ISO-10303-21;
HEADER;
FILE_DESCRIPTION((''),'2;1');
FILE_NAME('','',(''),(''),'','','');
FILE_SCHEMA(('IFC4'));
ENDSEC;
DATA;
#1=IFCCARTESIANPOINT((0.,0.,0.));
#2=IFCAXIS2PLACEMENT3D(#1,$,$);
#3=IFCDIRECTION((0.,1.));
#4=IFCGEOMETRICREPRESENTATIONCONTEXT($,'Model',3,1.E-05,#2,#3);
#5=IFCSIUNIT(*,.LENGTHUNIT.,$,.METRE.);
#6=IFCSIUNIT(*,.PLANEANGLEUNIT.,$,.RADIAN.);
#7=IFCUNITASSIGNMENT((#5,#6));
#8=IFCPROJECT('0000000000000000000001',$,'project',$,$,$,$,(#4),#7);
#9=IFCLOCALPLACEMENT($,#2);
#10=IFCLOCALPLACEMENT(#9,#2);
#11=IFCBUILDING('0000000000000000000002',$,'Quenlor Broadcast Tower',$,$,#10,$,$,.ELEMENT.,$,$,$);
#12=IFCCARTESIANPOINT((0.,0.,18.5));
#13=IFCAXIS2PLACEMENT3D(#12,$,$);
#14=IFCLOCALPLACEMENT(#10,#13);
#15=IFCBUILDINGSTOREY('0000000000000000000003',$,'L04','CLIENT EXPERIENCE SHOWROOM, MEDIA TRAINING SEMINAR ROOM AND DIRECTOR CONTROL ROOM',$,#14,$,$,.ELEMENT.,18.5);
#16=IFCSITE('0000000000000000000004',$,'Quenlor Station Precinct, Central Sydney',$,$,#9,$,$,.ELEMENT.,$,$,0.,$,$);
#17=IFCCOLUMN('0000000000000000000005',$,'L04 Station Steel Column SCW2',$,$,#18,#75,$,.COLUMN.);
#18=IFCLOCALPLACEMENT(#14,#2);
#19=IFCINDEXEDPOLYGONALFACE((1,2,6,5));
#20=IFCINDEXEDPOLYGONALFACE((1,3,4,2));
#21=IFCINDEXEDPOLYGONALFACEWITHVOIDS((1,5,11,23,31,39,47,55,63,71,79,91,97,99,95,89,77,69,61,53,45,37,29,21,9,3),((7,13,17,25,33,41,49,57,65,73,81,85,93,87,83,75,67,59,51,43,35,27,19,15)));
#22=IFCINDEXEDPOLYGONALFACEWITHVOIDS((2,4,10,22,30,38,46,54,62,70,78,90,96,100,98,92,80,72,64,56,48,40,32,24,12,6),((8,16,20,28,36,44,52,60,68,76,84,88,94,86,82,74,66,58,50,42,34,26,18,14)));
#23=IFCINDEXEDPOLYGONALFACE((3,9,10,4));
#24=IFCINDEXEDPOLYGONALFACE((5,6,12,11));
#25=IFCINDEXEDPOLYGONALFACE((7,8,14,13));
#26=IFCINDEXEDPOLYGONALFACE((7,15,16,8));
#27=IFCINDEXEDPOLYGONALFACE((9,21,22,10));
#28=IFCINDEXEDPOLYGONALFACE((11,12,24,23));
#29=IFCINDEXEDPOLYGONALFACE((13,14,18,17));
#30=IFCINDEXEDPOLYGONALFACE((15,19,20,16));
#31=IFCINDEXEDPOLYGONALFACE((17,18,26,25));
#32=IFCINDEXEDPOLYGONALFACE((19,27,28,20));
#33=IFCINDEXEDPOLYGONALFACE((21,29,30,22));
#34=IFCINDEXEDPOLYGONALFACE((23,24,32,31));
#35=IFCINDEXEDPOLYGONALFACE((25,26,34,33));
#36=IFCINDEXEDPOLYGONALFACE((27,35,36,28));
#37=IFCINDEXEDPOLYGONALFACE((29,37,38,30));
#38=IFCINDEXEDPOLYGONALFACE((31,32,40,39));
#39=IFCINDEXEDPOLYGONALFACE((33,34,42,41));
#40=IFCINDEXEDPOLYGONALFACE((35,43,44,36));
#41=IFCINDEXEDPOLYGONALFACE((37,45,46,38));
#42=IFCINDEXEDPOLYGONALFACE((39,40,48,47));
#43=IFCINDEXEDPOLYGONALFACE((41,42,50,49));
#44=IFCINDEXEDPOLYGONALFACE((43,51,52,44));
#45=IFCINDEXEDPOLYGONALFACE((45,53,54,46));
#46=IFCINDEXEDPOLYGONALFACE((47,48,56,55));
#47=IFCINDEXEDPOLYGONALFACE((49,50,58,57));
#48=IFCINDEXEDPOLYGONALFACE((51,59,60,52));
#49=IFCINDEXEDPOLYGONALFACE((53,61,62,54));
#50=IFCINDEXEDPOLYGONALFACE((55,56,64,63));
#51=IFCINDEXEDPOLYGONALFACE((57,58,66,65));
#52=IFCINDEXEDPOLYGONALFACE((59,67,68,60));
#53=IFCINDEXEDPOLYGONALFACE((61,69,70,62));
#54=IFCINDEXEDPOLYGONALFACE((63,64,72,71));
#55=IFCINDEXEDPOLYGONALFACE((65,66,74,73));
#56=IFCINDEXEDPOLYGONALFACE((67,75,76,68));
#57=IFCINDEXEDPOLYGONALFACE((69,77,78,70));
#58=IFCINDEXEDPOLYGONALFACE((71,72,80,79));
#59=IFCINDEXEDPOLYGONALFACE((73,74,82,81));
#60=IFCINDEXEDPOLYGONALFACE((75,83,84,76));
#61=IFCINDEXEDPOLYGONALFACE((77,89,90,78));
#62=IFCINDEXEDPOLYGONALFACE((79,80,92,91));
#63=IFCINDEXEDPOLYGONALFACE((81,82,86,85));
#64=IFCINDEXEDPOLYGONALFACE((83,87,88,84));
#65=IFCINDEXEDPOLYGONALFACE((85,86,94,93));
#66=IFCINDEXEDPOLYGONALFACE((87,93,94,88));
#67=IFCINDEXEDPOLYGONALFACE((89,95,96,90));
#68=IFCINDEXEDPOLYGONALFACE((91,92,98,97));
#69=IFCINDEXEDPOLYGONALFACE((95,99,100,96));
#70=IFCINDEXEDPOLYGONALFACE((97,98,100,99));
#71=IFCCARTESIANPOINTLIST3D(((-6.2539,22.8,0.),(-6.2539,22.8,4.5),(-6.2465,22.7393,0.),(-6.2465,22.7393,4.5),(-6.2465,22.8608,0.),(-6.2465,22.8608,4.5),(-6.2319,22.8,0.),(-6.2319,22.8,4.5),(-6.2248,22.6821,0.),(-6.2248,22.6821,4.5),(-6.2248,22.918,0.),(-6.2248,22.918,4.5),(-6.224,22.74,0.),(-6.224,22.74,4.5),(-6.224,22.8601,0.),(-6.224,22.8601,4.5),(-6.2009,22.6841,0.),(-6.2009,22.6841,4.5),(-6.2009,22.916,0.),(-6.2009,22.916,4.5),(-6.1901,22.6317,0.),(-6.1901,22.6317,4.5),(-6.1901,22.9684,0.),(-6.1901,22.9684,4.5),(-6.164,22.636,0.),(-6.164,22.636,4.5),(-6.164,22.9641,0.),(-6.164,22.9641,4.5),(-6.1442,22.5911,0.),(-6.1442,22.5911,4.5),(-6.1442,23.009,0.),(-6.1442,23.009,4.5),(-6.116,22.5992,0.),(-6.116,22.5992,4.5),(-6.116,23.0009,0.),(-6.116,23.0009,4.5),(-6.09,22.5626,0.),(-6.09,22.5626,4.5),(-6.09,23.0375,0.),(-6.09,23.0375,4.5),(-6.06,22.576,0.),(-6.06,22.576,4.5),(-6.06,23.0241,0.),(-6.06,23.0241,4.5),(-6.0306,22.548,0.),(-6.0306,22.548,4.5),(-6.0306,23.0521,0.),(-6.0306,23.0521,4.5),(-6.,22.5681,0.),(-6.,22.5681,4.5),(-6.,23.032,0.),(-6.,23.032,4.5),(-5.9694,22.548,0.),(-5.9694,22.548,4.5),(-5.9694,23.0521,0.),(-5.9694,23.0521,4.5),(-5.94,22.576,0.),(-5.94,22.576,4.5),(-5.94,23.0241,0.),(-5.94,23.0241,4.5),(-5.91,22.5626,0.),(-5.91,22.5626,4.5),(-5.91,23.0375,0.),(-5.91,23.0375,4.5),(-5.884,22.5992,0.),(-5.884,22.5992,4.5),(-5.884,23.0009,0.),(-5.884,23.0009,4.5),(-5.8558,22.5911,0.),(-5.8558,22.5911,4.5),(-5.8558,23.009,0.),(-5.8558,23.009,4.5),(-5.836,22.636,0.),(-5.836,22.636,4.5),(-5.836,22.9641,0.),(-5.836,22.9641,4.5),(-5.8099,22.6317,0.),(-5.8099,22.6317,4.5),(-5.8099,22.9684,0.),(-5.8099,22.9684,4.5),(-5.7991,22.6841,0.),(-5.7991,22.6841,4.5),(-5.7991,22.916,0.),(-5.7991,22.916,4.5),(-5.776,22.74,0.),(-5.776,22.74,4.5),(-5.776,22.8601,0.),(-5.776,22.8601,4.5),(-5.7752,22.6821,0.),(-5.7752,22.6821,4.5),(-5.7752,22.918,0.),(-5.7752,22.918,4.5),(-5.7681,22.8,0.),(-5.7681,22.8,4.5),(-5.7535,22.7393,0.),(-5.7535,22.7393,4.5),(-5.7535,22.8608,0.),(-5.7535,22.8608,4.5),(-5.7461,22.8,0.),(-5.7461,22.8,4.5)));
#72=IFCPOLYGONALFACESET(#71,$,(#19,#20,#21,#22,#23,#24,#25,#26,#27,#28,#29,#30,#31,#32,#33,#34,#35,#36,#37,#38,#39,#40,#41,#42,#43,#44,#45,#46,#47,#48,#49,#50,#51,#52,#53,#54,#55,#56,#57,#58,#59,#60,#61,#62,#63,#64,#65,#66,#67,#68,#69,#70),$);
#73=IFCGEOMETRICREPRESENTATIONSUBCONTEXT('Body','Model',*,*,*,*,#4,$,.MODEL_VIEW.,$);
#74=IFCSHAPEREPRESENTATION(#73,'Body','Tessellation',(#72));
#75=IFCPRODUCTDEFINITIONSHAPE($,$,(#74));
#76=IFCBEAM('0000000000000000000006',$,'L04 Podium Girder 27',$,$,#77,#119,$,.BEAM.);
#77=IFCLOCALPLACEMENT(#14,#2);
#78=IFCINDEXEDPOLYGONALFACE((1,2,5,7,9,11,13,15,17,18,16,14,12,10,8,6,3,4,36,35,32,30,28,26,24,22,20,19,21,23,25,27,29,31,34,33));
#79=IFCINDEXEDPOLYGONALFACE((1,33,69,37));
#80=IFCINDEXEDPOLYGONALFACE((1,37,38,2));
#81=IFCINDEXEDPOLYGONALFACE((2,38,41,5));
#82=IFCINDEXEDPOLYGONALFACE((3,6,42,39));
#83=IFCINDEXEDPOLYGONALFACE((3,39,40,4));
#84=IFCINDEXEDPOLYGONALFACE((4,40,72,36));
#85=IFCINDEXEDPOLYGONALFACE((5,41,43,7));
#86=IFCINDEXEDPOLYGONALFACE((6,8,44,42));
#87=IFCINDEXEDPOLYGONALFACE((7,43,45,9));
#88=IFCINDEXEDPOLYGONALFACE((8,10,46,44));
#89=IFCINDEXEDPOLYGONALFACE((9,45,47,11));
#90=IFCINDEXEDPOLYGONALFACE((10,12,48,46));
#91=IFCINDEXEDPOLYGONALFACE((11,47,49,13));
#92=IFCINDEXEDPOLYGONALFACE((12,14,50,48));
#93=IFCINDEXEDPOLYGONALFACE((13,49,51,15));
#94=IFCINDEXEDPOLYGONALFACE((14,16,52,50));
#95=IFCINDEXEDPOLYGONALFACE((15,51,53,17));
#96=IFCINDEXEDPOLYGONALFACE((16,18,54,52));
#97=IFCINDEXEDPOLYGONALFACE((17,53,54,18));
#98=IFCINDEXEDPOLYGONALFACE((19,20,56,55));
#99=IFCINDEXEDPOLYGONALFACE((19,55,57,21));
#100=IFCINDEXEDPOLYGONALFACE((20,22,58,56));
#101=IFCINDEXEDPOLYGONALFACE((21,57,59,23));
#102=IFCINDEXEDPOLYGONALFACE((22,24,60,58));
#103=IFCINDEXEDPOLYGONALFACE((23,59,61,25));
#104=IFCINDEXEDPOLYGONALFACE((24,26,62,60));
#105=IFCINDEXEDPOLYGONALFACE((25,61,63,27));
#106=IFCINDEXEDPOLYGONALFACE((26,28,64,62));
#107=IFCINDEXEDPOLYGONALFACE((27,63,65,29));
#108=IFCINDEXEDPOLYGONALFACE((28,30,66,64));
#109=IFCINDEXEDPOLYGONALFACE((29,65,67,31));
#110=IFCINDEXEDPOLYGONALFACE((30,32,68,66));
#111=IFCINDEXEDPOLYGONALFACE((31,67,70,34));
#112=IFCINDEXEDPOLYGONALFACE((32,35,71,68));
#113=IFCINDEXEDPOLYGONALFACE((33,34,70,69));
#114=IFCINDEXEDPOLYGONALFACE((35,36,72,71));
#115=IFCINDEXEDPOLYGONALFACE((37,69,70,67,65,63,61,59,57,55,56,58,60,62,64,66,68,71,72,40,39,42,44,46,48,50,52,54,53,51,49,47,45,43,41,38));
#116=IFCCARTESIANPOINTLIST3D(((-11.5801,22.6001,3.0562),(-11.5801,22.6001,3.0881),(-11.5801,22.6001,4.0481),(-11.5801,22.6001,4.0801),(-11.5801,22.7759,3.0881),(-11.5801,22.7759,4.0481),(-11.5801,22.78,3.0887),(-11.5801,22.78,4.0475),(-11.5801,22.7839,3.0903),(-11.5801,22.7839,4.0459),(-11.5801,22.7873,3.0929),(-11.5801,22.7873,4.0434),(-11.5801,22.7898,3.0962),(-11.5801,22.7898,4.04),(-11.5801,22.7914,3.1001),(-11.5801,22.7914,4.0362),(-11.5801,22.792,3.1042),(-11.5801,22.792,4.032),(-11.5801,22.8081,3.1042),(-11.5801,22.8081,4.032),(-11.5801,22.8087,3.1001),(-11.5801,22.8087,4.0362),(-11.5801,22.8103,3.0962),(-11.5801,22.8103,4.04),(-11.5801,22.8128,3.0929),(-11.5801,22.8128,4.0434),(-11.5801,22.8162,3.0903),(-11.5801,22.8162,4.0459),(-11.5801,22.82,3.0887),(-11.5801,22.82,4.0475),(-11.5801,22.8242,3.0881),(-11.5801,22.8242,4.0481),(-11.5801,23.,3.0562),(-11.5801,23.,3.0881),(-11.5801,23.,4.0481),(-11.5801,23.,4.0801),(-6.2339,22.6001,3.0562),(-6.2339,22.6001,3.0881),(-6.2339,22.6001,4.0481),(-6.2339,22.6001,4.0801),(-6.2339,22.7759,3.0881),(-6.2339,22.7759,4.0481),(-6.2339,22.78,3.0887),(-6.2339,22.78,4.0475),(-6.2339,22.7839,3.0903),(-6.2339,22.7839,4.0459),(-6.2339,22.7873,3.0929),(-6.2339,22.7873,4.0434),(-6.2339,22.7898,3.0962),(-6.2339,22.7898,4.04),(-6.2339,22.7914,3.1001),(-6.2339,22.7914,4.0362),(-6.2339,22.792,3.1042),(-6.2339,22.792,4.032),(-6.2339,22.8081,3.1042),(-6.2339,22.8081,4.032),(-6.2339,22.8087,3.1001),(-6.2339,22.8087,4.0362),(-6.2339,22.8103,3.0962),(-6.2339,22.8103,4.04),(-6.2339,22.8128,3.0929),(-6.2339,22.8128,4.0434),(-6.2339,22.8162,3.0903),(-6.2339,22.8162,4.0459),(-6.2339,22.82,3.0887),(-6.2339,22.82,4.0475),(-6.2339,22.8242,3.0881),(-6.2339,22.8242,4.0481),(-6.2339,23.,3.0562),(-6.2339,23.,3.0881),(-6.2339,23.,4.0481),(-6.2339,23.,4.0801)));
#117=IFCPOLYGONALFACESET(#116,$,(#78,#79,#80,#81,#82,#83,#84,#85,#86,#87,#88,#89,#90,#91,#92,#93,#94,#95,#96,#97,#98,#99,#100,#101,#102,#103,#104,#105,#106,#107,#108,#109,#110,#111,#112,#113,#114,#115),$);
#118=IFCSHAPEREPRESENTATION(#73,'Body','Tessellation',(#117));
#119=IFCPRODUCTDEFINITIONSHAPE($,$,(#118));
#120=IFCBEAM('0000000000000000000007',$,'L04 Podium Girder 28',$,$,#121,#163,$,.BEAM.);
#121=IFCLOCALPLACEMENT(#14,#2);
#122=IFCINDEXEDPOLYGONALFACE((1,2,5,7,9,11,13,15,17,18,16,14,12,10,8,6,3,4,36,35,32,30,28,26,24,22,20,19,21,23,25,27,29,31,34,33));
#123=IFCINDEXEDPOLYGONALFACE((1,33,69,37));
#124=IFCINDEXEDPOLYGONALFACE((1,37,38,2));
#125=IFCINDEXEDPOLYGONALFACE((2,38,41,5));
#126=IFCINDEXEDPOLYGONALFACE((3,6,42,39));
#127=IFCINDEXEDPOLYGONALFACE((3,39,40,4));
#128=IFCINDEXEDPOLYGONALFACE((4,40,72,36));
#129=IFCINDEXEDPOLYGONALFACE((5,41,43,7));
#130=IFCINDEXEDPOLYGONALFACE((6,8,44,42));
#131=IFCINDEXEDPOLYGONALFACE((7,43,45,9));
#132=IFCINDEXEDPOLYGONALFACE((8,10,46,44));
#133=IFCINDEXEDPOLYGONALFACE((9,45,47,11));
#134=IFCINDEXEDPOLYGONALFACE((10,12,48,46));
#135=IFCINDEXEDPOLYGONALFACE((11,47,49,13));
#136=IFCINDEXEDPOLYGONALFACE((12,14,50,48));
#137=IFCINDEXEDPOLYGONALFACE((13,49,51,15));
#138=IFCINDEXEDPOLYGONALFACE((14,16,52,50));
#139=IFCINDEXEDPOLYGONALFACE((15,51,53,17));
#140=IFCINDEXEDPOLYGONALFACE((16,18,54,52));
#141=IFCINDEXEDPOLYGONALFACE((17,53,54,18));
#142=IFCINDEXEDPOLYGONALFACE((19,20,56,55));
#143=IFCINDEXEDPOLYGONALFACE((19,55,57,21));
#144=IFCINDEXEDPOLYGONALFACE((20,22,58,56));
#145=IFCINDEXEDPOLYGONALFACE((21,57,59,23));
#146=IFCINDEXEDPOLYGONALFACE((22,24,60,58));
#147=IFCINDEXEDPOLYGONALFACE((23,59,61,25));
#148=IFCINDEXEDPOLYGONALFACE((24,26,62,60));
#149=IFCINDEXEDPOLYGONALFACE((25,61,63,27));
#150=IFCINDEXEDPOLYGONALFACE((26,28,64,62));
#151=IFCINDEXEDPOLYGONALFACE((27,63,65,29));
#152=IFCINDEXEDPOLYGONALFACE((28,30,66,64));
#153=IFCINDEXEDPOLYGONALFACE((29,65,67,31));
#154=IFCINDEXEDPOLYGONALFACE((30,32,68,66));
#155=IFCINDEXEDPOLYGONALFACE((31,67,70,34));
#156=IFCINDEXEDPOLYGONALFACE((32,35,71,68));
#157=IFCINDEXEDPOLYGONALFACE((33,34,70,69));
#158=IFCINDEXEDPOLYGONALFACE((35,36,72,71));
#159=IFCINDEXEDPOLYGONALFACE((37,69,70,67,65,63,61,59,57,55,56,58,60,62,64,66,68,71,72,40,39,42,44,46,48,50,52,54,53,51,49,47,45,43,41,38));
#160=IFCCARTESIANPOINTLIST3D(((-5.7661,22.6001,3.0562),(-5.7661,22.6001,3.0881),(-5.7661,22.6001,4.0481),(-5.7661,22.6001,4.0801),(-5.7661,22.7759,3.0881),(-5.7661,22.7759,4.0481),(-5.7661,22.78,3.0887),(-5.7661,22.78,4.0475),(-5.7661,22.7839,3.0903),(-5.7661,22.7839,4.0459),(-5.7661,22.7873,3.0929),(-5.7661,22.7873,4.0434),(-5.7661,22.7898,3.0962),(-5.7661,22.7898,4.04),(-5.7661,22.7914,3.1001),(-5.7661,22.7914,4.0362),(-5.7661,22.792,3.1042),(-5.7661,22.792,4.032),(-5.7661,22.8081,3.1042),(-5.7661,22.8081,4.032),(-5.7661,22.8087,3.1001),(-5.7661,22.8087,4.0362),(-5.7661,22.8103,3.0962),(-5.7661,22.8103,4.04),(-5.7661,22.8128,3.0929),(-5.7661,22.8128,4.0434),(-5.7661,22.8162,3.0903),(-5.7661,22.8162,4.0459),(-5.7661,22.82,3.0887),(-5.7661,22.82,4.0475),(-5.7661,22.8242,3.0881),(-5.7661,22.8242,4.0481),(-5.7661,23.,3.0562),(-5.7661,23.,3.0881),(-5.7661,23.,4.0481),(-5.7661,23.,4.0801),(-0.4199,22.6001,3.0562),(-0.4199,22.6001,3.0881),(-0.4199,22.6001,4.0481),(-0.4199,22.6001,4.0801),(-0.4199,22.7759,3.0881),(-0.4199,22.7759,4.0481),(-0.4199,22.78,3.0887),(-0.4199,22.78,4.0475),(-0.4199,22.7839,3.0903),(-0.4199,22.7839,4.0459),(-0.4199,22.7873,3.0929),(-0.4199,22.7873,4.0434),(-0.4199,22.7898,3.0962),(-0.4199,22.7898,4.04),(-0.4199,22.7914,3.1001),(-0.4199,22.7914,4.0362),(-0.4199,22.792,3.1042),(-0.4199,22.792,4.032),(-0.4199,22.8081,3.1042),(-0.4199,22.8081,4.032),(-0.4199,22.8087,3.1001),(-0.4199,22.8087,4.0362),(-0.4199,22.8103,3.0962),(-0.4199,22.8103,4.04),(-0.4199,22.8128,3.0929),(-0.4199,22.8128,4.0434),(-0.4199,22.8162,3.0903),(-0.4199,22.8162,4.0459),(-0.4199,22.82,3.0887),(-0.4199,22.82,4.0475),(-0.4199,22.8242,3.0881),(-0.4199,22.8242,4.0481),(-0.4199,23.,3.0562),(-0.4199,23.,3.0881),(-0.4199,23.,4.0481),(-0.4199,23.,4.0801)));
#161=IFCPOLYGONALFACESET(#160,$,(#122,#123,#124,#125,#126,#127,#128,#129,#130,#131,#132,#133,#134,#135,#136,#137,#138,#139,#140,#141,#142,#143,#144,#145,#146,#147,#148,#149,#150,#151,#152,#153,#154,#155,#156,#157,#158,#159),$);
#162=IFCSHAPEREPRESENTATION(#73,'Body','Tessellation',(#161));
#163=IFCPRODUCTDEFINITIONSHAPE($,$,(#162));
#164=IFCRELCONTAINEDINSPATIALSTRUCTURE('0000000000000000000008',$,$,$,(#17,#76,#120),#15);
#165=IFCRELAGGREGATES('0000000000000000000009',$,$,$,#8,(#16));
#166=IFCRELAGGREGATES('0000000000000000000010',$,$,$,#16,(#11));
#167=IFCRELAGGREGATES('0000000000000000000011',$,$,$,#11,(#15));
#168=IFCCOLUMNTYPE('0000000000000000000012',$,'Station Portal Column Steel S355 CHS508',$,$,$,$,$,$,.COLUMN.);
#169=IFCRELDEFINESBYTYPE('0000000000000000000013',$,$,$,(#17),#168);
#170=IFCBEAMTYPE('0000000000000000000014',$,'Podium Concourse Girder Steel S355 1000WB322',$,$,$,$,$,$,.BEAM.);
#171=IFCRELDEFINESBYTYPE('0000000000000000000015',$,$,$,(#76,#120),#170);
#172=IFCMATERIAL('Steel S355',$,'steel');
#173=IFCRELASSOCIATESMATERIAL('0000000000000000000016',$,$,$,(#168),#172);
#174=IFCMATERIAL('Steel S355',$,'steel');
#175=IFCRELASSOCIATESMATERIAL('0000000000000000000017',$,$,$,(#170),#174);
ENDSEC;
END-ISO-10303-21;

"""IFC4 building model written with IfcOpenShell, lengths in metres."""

from ifc_helpers import new_model, si_unit, direction, frame, origin, origin_2d, place, context, subcontext, project, spatial, hollow_circle, i_section, extrude, material, material_profile, profile_set, type_object, element, save


model = new_model("IFC4")

# Units and contexts
model_context = context("Model", 3, precision=1e-05, world=origin(), true_north=direction((0.0, 1.0)))
body_context = subcontext(model_context, "Body", "Model", "MODEL_VIEW")
ifc_project = project(units=[si_unit("LENGTHUNIT", "METRE"), si_unit("PLANEANGLEUNIT", "RADIAN")], contexts=[model_context])

# Site, building, storey
site_placement = place(None, origin())
site = spatial("IfcSite", under=ifc_project, at=site_placement, Name="Quenlor Station Precinct, Central Sydney", CompositionType="ELEMENT", RefElevation=0.0)
building_placement = place(site_placement, origin())
building = spatial("IfcBuilding", under=site, at=building_placement, Name="Quenlor Broadcast Tower", CompositionType="ELEMENT")
storey_placement = place(building_placement, frame((0.0, 0.0, 18.5)))
storey = spatial("IfcBuildingStorey", under=building, at=storey_placement, Name="L04", Description="CLIENT EXPERIENCE SHOWROOM, MEDIA TRAINING SEMINAR ROOM AND DIRECTOR CONTROL ROOM", CompositionType="ELEMENT", Elevation=18.5)

# Column
ifc_material_1 = material(Name="Steel S355", Category="steel")
ifc_material_profile_1 = material_profile(ifc_material_1, hollow_circle(Radius=0.2539, WallThickness=0.022, at=origin_2d()))
ifc_profile_set_1 = profile_set([ifc_material_profile_1], Name="Steel S355 CHS508x22")
column_type = type_object("IfcColumnType", Name="Station Portal Column Steel S355 CHS508", PredefinedType="COLUMN", material=ifc_profile_set_1)
column_placement = place(storey_placement, frame((-6.0, 22.8, 0.0), z_axis=(0.0, 0.0, 1.0), x_axis=(1.0, 0.0, 0.0)))
element("IfcColumn", 1, at=column_placement, inside=storey, type_object=column_type, Name="L04 Station Steel Column SCW2", PredefinedType="COLUMN", context=body_context, shape_type="SweptSolid", body=[
    extrude(hollow_circle(Radius=0.2539, WallThickness=0.022, at=origin_2d()), origin(), (0.0, 0.0, 1.0), 4.5),
])

# Beams
ifc_material_2 = material(Name="Steel S355", Category="steel")
ifc_material_profile_2 = material_profile(ifc_material_2, i_section(OverallWidth=0.3999, OverallDepth=1.0239, WebThickness=0.0161, FlangeThickness=0.032, FilletRadius=0.0161, at=origin_2d()))
ifc_profile_set_2 = profile_set([ifc_material_profile_2], Name="Steel S355 1000WB322")
beam_type_1 = type_object("IfcBeamType", Name="Podium Concourse Girder Steel S355 1000WB322", PredefinedType="BEAM", material=ifc_profile_set_2)
for number, where, z_axis, x_axis, name in (
    (2, (-11.5801, 22.8, 3.5681), (1.0, 0.0, 0.0), (0.0, 1.0, 0.0), "L04 Podium Girder 27"),
    (3, (-5.7661, 22.8, 3.5681), (1.0, 0.0, 0.0), (0.0, 1.0, 0.0), "L04 Podium Girder 28"),
):
    element("IfcBeam", number, at=place(storey_placement, frame(where, z_axis=z_axis, x_axis=x_axis)), inside=storey, type_object=beam_type_1, Name=name, PredefinedType="BEAM", context=body_context, shape_type="SweptSolid", body=[
        extrude(i_section(OverallWidth=0.3999, OverallDepth=1.0239, WebThickness=0.0161, FlangeThickness=0.032, FilletRadius=0.0161, at=origin_2d()), origin(), (0.0, 0.0, 1.0), 5.3462),
    ])

save(model, "model.ifc")
